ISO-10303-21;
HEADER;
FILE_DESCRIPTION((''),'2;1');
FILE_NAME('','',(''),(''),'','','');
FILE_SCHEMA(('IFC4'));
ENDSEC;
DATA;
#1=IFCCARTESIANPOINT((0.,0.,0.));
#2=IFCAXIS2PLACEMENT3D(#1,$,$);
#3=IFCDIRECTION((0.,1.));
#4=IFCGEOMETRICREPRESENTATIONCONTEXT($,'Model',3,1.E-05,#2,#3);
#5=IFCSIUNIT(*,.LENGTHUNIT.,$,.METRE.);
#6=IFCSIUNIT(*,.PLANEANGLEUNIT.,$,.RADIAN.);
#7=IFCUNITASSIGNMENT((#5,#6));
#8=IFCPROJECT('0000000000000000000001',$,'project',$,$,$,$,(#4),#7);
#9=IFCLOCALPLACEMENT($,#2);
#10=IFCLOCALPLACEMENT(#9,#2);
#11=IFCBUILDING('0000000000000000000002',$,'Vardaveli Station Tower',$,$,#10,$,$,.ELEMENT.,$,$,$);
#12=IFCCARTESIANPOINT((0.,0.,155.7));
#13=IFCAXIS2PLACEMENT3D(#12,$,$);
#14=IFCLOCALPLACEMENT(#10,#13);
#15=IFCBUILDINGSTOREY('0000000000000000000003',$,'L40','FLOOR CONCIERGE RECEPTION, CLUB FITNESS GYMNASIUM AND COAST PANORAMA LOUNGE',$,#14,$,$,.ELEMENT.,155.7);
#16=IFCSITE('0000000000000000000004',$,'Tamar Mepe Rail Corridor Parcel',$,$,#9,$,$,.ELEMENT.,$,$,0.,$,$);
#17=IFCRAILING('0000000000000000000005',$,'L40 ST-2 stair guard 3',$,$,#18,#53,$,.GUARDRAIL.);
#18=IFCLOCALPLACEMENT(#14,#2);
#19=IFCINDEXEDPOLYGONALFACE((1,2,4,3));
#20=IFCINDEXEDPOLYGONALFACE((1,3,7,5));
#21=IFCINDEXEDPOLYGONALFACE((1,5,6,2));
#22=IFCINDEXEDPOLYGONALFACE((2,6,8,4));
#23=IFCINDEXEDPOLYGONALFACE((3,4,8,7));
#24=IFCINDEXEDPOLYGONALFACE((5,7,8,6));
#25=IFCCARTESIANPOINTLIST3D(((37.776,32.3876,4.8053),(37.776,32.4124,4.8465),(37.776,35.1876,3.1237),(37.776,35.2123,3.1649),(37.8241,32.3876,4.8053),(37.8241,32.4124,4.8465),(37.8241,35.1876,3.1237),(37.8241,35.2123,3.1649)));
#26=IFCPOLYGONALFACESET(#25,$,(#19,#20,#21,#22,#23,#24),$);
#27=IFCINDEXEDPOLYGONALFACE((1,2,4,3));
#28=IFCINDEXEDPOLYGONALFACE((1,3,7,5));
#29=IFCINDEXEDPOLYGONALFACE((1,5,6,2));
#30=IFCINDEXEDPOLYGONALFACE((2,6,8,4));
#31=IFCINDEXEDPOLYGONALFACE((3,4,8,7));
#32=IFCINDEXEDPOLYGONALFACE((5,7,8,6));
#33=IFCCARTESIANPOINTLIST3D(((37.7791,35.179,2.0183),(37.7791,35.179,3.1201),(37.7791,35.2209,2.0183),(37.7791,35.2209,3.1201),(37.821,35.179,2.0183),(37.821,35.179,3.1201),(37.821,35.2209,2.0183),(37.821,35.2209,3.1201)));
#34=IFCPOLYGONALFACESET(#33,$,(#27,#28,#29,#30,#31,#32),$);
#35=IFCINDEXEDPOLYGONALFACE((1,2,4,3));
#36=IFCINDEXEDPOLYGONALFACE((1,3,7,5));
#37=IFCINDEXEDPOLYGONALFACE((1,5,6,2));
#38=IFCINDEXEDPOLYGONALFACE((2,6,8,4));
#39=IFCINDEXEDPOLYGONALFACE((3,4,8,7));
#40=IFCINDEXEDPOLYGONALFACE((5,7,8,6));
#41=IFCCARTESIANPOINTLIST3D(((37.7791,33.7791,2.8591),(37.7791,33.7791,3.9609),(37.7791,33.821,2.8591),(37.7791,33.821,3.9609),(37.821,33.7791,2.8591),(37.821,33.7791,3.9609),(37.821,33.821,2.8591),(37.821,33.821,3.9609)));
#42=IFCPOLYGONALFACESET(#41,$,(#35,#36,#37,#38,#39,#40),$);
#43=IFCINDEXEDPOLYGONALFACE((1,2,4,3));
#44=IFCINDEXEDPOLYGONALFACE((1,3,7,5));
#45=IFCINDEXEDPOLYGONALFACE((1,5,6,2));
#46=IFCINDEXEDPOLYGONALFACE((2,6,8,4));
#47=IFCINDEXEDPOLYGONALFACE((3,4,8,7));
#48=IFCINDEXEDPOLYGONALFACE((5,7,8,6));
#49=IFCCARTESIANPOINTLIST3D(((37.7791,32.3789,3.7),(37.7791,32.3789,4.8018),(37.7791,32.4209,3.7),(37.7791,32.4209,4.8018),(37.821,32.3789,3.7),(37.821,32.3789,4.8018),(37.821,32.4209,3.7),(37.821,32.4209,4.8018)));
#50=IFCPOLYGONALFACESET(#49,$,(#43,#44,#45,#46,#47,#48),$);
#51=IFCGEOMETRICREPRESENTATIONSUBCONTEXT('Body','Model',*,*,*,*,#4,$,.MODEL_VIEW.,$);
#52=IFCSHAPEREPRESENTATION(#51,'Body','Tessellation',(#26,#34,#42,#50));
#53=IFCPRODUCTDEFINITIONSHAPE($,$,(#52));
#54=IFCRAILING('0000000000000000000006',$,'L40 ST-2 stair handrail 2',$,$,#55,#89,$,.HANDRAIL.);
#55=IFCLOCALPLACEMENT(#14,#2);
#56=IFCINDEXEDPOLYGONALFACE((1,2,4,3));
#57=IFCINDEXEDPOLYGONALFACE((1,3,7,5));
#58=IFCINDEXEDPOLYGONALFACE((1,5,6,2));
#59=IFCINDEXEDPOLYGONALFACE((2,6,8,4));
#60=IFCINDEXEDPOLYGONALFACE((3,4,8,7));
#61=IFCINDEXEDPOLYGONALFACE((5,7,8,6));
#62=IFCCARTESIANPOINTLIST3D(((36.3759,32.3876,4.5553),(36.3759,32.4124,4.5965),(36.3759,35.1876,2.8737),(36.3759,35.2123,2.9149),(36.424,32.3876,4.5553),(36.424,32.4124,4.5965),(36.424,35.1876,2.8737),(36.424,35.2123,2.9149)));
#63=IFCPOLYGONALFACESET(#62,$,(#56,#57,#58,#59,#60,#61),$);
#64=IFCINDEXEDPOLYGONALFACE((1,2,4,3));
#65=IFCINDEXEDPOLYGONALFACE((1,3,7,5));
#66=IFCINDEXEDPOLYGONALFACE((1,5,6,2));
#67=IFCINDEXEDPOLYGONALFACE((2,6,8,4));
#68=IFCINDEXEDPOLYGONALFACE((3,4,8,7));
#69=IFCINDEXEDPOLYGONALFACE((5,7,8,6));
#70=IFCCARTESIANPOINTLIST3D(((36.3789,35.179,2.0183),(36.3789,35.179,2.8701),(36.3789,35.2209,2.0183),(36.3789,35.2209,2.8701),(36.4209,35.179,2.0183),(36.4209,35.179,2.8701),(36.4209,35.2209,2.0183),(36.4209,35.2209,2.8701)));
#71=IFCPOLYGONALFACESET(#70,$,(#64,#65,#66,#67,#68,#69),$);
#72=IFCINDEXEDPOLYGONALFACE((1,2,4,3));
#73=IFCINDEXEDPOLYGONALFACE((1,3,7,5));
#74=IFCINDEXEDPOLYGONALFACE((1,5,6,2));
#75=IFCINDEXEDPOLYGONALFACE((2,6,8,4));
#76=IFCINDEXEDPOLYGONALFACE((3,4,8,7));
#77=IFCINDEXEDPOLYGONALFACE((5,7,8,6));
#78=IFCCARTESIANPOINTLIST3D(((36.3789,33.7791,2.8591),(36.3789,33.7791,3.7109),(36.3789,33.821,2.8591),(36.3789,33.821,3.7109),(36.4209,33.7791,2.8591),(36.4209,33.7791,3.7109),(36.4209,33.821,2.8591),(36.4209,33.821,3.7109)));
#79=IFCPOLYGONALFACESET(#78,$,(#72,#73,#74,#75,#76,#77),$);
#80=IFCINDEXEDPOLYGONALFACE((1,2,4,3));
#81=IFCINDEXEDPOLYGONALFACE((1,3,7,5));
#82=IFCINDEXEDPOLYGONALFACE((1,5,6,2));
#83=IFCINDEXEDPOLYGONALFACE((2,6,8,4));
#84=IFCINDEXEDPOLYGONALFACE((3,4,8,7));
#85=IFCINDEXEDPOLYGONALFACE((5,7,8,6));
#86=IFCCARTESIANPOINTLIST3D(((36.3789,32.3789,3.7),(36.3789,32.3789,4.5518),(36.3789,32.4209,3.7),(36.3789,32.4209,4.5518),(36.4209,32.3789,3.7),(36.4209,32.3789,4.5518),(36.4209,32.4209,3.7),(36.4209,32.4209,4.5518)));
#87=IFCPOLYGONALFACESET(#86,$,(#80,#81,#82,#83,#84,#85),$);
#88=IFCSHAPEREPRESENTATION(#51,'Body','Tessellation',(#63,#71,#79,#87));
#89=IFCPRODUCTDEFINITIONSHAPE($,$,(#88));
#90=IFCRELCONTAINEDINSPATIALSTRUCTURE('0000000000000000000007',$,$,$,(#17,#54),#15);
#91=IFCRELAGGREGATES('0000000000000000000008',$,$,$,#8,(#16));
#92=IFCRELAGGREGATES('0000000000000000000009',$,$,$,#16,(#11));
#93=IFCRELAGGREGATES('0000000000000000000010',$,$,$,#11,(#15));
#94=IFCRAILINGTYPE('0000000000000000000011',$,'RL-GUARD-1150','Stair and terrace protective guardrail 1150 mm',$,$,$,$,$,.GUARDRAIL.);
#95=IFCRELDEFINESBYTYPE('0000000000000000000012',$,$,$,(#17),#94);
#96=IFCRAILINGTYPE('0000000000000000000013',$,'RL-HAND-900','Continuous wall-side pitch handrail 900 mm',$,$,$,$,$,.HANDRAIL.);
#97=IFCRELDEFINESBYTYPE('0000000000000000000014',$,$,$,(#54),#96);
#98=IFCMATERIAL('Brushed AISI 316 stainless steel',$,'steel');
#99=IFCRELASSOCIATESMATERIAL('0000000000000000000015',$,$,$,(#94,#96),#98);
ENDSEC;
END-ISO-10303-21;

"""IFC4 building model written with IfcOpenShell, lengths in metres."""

from ifc_helpers import new_model, si_unit, direction, frame, origin, origin_2d, place, context, subcontext, project, spatial, rectangle, extrude, source, transform, mapped, material, type_object, element, save


model = new_model("IFC4")

# Units and contexts
model_context = context("Model", 3, precision=1e-05, world=origin(), true_north=direction((0.0, 1.0)))
body_context = subcontext(model_context, "Body", "Model", "MODEL_VIEW")
ifc_project = project(units=[si_unit("LENGTHUNIT", "METRE"), si_unit("PLANEANGLEUNIT", "RADIAN")], contexts=[model_context])

# Site, building, storey
site_placement = place(None, origin())
site = spatial("IfcSite", under=ifc_project, at=site_placement, Name="Tamar Mepe Rail Corridor Parcel", CompositionType="ELEMENT", RefElevation=0.0)
building_placement = place(site_placement, origin())
building = spatial("IfcBuilding", under=site, at=building_placement, Name="Vardaveli Station Tower", CompositionType="ELEMENT")
storey_placement = place(building_placement, frame((0.0, 0.0, 155.7)))
storey = spatial("IfcBuildingStorey", under=building, at=storey_placement, Name="L40", Description="FLOOR CONCIERGE RECEPTION, CLUB FITNESS GYMNASIUM AND COAST PANORAMA LOUNGE", CompositionType="ELEMENT", Elevation=155.7)

# Railings
ifc_material_1 = material(Name="Brushed AISI 316 stainless steel", Category="steel")
railing_type_1 = type_object("IfcRailingType", Name="RL-GUARD-1150", Description="Stair and terrace protective guardrail 1150 mm", PredefinedType="GUARDRAIL", material=ifc_material_1)
railing_type_2 = type_object("IfcRailingType", Name="RL-HAND-900", Description="Continuous wall-side pitch handrail 900 mm", PredefinedType="HANDRAIL", material=ifc_material_1)
shared_shape_1 = source(origin(), body_context, "Body", "SweptSolid", [
    extrude(rectangle(XDim=0.0481, YDim=0.0481, at=origin_2d()), frame((0.0, 0.0, 1.126), z_axis=(0.0, -0.857275, 0.514858), x_axis=(1.0, 0.0, 0.0)), (0.0, 0.0, 1.0), 3.2661),
    extrude(rectangle(XDim=0.042, YDim=0.042, at=origin_2d()), origin(), (0.0, 0.0, 1.0), 1.1018),
    extrude(rectangle(XDim=0.042, YDim=0.042, at=origin_2d()), frame((0.0, -1.3999, 0.8408)), (0.0, 0.0, 1.0), 1.1018),
    extrude(rectangle(XDim=0.042, YDim=0.042, at=origin_2d()), frame((0.0, -2.8, 1.6816)), (0.0, 0.0, 1.0), 1.1018),
])
railing_1_placement = place(storey_placement, frame((37.8, 35.2, 2.0183)))
element("IfcRailing", 1, at=railing_1_placement, inside=storey, type_object=railing_type_1, Name="L40 ST-2 stair guard 3", PredefinedType="GUARDRAIL", context=body_context, shape_type="MappedRepresentation", body=[
    mapped(shared_shape_1, transform((0.0, 0.0, 0.0), scale=1.0)),
])
shared_shape_2 = source(origin(), body_context, "Body", "SweptSolid", [
    extrude(rectangle(XDim=0.0481, YDim=0.0481, at=origin_2d()), frame((0.0, 0.0, 0.876), z_axis=(0.0, -0.857275, 0.514858), x_axis=(1.0, 0.0, 0.0)), (0.0, 0.0, 1.0), 3.2661),
    extrude(rectangle(XDim=0.042, YDim=0.042, at=origin_2d()), origin(), (0.0, 0.0, 1.0), 0.8518),
    extrude(rectangle(XDim=0.042, YDim=0.042, at=origin_2d()), frame((0.0, -1.3999, 0.8408)), (0.0, 0.0, 1.0), 0.8518),
    extrude(rectangle(XDim=0.042, YDim=0.042, at=origin_2d()), frame((0.0, -2.8, 1.6816)), (0.0, 0.0, 1.0), 0.8518),
])
railing_2_placement = place(storey_placement, frame((36.3999, 35.2, 2.0183)))
element("IfcRailing", 2, at=railing_2_placement, inside=storey, type_object=railing_type_2, Name="L40 ST-2 stair handrail 2", PredefinedType="HANDRAIL", context=body_context, shape_type="MappedRepresentation", body=[
    mapped(shared_shape_2, transform((0.0, 0.0, 0.0), scale=1.0)),
])

save(model, "model.ifc")
